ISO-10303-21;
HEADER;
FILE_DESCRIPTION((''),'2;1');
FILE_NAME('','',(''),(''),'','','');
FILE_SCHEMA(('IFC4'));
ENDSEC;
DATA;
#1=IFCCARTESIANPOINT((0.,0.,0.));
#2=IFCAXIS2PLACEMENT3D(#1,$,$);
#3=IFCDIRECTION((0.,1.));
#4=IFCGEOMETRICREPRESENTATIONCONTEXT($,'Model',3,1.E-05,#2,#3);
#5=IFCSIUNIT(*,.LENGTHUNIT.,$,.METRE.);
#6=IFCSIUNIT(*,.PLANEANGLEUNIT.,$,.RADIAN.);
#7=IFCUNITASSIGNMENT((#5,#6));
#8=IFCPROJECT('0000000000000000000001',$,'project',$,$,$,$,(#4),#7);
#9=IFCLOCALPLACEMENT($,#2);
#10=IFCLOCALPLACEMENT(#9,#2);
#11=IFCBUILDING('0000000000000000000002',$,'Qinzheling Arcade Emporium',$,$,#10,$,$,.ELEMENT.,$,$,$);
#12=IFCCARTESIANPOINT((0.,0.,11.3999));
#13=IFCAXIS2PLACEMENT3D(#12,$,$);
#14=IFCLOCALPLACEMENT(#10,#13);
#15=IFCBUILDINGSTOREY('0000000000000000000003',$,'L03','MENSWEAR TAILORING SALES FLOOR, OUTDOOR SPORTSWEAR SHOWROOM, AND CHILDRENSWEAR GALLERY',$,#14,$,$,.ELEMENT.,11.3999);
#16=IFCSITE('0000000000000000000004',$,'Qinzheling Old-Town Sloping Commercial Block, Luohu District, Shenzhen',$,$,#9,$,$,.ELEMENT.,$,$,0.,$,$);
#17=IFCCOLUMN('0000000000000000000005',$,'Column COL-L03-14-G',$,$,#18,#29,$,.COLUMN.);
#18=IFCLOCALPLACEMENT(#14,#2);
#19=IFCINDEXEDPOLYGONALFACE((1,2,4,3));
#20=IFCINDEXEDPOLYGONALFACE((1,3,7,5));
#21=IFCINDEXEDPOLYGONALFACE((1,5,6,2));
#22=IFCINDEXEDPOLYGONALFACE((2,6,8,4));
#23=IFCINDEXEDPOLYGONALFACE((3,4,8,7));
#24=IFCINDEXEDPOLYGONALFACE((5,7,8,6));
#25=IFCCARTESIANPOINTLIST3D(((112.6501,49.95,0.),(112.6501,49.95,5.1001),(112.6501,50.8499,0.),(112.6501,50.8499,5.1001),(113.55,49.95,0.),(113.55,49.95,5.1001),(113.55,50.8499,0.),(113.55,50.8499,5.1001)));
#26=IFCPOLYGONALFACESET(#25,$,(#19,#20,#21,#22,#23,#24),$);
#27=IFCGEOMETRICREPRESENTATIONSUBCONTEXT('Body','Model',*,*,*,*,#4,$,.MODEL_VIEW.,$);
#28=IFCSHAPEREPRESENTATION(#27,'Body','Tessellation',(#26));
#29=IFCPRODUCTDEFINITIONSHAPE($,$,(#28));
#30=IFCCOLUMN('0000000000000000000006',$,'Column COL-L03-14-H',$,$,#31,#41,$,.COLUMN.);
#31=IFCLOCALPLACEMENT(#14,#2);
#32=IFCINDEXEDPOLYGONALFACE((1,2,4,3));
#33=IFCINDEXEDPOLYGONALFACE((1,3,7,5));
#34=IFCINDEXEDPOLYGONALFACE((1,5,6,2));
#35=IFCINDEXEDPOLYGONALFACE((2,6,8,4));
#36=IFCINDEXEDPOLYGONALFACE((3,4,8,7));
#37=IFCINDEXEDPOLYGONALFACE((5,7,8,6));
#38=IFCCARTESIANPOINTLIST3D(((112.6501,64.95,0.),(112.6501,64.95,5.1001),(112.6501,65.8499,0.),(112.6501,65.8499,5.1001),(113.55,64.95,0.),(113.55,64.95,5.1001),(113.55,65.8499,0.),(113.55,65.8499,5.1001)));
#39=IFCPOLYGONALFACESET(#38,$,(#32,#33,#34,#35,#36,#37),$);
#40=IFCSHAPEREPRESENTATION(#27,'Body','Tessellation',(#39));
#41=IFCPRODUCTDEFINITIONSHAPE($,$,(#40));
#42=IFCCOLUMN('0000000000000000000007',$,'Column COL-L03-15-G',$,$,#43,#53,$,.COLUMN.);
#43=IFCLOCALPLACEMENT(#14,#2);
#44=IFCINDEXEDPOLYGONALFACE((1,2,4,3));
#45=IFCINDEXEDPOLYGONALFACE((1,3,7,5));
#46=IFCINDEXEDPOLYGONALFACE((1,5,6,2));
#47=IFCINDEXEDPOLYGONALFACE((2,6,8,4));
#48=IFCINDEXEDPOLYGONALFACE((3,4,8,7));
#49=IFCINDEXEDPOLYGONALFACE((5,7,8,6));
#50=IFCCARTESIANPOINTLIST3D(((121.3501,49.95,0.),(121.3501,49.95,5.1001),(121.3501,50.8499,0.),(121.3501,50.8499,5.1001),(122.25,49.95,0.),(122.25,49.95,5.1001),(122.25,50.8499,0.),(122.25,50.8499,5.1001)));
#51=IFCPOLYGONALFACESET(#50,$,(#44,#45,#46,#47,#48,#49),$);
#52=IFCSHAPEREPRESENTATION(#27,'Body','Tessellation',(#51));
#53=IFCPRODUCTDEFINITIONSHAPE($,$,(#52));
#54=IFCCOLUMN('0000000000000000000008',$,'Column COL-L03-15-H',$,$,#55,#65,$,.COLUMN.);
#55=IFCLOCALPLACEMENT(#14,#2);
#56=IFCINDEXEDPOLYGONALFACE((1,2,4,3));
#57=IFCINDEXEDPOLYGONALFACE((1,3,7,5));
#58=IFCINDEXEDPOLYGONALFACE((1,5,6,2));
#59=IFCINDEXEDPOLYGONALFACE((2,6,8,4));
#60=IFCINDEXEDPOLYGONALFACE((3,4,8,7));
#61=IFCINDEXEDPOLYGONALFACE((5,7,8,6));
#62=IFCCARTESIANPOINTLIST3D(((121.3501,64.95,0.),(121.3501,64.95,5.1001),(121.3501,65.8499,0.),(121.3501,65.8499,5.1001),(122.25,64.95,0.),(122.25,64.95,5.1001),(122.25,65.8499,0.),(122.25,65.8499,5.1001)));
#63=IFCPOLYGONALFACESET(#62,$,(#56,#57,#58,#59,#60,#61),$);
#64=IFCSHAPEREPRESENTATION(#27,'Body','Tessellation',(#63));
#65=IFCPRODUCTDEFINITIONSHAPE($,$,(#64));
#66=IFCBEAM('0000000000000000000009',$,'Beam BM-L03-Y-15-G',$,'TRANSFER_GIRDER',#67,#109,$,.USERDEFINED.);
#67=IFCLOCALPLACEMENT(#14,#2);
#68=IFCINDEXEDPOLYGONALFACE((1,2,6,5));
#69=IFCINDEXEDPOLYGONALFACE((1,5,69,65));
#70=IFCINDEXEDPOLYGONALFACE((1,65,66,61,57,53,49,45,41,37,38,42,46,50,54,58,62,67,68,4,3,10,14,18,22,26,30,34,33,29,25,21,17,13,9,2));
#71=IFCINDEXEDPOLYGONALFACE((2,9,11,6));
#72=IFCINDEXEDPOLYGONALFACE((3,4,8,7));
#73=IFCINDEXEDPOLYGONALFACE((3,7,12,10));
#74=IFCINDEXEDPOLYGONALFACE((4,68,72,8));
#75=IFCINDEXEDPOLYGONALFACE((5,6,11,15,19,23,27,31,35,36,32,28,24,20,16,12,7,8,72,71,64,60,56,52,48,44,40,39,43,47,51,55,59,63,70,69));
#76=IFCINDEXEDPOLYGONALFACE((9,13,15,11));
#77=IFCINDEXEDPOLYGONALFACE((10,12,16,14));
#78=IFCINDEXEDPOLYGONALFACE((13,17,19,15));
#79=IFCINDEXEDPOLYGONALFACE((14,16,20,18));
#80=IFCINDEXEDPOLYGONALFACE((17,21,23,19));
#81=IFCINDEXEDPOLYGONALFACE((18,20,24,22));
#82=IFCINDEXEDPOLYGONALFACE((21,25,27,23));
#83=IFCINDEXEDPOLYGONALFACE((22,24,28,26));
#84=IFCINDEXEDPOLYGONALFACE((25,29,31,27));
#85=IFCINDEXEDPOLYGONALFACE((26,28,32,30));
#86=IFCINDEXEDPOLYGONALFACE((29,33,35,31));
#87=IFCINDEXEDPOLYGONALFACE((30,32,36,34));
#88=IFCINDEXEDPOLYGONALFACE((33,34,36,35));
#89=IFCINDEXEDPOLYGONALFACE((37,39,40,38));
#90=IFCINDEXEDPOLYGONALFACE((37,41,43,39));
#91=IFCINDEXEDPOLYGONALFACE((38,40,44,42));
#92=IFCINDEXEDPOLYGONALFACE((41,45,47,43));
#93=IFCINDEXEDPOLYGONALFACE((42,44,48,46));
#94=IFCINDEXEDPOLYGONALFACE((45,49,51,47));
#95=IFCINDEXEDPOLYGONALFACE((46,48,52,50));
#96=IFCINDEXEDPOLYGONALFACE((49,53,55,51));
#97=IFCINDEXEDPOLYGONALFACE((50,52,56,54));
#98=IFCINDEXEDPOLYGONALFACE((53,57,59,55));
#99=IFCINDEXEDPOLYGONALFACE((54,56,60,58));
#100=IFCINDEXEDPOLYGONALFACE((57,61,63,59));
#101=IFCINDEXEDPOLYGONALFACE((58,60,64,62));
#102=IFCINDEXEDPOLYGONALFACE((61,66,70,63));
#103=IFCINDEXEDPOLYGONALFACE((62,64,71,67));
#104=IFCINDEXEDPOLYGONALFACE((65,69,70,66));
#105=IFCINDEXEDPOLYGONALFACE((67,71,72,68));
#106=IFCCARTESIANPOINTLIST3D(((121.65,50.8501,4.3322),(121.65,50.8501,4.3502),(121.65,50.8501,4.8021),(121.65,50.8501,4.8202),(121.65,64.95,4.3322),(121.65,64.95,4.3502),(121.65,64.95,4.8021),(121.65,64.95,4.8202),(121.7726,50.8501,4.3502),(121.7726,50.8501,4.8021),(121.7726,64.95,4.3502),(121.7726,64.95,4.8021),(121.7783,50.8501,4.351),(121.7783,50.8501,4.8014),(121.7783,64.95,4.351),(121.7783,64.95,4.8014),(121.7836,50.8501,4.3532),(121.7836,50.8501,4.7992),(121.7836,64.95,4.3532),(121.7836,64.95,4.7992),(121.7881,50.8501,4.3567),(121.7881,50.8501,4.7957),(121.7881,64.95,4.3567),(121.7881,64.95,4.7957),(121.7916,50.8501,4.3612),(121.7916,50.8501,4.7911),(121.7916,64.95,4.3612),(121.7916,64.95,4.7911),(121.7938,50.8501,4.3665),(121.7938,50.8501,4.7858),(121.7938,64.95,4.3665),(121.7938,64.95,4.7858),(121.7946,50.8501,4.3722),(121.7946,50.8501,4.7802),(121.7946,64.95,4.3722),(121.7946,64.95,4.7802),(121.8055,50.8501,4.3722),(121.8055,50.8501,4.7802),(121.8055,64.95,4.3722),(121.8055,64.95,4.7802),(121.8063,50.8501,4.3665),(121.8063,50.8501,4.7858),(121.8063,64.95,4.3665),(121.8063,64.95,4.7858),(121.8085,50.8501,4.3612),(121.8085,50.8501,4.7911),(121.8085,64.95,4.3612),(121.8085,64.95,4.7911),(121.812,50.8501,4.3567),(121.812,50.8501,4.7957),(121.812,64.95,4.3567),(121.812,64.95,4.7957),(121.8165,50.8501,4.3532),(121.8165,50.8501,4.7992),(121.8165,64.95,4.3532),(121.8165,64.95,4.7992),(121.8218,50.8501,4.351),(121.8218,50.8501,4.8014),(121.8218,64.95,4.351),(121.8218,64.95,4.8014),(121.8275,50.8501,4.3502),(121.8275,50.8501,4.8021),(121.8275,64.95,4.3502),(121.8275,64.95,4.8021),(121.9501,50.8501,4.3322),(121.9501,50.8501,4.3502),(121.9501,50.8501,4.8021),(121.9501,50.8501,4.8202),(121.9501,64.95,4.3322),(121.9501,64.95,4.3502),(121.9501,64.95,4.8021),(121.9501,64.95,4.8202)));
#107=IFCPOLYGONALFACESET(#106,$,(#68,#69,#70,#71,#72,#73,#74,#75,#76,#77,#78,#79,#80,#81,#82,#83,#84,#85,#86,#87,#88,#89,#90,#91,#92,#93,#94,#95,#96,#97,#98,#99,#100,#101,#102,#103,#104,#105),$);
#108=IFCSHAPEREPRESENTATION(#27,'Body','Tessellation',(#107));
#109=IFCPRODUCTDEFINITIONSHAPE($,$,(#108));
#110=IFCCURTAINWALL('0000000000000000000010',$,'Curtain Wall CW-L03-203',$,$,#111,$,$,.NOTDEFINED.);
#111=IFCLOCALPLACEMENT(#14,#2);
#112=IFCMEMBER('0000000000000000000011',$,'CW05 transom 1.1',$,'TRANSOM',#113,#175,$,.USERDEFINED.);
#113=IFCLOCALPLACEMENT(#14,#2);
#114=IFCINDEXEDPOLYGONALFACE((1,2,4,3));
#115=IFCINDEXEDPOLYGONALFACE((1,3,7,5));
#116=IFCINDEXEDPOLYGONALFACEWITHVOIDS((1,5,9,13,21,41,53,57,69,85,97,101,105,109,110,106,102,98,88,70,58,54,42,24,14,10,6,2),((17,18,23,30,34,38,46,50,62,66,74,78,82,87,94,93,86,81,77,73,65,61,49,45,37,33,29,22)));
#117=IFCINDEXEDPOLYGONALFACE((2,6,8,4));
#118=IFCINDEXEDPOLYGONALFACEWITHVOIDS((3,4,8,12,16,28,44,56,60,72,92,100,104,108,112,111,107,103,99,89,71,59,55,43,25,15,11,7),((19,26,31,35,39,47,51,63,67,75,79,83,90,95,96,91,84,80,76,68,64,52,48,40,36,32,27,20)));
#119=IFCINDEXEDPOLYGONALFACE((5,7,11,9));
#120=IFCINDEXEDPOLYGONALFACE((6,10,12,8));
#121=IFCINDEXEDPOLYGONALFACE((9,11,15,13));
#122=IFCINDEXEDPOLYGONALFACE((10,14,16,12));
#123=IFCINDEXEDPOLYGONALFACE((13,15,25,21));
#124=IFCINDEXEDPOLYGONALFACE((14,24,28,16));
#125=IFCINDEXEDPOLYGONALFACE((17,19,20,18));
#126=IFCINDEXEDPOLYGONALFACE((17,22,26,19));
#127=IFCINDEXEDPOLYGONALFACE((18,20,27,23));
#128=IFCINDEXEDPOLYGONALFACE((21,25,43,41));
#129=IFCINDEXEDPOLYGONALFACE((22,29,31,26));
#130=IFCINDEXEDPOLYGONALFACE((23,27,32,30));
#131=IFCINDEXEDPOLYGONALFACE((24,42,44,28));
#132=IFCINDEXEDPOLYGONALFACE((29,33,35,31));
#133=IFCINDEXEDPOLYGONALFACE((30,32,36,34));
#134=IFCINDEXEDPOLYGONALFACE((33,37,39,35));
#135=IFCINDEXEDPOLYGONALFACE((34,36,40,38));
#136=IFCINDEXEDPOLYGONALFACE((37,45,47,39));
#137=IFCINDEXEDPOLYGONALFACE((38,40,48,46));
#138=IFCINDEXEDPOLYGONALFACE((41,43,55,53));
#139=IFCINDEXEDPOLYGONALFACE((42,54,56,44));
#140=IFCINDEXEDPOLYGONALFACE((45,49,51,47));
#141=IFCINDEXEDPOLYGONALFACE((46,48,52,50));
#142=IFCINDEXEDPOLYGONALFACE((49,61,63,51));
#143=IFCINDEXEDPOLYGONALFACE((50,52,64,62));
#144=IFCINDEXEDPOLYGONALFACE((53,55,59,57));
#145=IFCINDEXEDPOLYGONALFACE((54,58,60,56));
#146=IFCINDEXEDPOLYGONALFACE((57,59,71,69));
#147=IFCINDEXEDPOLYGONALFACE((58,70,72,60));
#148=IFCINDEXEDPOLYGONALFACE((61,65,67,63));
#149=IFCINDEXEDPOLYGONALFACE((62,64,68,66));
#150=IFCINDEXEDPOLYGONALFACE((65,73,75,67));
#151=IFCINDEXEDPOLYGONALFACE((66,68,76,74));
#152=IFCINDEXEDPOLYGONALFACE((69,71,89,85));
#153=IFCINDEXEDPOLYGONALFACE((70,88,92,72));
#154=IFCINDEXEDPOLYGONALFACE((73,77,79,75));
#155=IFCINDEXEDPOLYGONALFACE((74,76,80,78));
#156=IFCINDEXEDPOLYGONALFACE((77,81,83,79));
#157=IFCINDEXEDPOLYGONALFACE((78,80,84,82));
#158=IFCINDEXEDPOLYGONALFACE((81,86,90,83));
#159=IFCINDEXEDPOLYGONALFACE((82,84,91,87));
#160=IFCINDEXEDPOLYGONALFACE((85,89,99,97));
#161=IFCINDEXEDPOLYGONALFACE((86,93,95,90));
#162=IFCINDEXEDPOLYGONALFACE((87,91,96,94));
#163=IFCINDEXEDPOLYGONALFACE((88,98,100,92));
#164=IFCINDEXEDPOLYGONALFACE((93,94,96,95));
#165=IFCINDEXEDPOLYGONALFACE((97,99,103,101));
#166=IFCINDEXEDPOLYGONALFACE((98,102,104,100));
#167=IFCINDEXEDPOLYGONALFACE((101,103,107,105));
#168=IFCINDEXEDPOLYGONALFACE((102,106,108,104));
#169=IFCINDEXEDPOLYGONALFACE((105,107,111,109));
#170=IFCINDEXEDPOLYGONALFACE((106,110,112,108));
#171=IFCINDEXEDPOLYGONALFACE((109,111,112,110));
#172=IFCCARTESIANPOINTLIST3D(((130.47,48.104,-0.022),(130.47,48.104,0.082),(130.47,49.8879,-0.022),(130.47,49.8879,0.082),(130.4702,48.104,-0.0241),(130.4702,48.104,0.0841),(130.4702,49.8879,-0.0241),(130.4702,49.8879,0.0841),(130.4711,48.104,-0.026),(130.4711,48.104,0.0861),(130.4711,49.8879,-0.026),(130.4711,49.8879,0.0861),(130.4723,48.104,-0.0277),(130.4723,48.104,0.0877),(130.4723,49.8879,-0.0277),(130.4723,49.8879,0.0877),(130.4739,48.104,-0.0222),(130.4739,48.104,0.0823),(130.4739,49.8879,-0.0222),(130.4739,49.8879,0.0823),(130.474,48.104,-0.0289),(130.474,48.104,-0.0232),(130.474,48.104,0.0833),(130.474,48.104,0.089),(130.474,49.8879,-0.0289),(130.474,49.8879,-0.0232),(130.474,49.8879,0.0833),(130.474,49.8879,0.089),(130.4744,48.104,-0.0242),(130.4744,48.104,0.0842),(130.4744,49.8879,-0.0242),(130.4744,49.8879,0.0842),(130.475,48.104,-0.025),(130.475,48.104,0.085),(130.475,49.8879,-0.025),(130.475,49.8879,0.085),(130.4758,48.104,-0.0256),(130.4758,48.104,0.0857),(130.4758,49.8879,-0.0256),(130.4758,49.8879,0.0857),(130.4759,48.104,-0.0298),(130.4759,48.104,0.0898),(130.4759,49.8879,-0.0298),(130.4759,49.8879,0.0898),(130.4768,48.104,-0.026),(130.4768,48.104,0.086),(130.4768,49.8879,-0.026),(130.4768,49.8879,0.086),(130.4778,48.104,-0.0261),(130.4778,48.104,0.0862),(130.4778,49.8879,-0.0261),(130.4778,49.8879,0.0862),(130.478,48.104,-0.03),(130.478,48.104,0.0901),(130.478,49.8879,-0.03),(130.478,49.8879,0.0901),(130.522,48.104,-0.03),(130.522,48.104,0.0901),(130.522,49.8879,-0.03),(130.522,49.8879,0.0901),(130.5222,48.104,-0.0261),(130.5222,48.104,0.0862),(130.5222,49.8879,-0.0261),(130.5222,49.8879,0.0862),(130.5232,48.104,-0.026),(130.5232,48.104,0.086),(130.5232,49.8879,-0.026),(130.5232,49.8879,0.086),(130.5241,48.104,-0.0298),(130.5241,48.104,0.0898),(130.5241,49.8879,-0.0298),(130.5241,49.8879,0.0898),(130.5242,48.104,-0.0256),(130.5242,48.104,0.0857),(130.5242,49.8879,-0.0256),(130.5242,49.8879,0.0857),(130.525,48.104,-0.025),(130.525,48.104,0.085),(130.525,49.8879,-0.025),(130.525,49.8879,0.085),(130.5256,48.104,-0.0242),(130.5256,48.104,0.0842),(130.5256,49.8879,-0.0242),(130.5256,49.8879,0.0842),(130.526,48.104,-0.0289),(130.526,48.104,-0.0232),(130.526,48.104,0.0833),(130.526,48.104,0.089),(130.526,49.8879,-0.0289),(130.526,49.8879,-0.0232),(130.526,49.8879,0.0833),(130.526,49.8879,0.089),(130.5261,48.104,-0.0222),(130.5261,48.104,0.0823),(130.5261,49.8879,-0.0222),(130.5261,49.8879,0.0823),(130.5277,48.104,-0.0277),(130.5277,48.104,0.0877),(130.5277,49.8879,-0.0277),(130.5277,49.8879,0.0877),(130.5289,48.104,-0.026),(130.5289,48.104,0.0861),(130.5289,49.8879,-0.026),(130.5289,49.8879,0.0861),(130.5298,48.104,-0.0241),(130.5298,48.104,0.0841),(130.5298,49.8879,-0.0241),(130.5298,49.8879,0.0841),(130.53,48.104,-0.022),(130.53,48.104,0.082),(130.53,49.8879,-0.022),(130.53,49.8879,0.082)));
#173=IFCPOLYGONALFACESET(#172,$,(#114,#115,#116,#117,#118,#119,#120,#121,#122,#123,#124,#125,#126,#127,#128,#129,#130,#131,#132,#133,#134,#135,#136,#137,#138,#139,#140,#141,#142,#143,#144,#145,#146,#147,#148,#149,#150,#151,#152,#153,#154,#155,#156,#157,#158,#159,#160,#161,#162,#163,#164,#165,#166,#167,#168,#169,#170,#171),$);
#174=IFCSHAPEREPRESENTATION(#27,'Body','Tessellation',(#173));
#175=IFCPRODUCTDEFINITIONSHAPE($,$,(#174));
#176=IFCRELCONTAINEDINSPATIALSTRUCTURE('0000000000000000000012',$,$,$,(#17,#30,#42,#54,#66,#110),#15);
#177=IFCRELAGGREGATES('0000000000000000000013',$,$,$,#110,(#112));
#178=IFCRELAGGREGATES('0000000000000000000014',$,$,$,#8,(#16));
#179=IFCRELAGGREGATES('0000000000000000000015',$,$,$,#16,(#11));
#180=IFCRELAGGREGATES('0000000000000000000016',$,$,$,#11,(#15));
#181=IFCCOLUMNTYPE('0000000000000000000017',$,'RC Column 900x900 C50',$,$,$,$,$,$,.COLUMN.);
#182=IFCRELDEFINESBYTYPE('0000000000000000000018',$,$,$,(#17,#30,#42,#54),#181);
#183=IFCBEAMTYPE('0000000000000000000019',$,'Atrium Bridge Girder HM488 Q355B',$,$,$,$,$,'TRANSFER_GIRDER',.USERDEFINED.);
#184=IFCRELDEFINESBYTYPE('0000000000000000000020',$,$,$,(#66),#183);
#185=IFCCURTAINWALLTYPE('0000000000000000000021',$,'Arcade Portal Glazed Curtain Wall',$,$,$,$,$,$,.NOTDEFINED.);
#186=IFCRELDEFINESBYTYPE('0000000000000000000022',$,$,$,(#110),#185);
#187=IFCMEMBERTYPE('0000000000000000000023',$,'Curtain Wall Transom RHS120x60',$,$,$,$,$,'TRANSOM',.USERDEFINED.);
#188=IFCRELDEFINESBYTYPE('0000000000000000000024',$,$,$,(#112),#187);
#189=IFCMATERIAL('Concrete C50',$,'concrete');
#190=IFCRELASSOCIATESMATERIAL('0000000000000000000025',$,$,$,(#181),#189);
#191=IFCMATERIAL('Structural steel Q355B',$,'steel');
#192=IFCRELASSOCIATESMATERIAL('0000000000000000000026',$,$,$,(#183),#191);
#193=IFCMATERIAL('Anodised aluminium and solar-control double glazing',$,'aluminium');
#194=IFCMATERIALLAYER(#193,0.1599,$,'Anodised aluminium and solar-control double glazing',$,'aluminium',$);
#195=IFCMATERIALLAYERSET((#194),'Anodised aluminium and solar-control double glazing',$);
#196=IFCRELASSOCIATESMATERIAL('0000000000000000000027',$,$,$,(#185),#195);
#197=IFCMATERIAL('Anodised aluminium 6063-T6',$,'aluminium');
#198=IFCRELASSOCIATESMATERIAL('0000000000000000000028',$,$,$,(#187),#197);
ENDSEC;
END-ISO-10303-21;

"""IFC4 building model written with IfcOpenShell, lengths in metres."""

from ifc_helpers import new_model, si_unit, direction, frame, origin, origin_2d, place, context, subcontext, project, spatial, rectangle, hollow_rectangle, i_section, extrude, material, layer, layer_set, material_profile, profile_set, type_object, element, aggregate, save


model = new_model("IFC4")

# Units and contexts
model_context = context("Model", 3, precision=1e-05, world=origin(), true_north=direction((0.0, 1.0)))
body_context = subcontext(model_context, "Body", "Model", "MODEL_VIEW")
ifc_project = project(units=[si_unit("LENGTHUNIT", "METRE"), si_unit("PLANEANGLEUNIT", "RADIAN")], contexts=[model_context])

# Site, building, storey
site_placement = place(None, origin())
site = spatial("IfcSite", under=ifc_project, at=site_placement, Name="Qinzheling Old-Town Sloping Commercial Block, Luohu District, Shenzhen", CompositionType="ELEMENT", RefElevation=0.0)
building_placement = place(site_placement, origin())
building = spatial("IfcBuilding", under=site, at=building_placement, Name="Qinzheling Arcade Emporium", CompositionType="ELEMENT")
storey_placement = place(building_placement, frame((0.0, 0.0, 11.3999)))
storey = spatial("IfcBuildingStorey", under=building, at=storey_placement, Name="L03", Description="MENSWEAR TAILORING SALES FLOOR, OUTDOOR SPORTSWEAR SHOWROOM, AND CHILDRENSWEAR GALLERY", CompositionType="ELEMENT", Elevation=11.3999)

# Columns
ifc_material_1 = material(Name="Concrete C50", Category="concrete")
ifc_material_profile_1 = material_profile(ifc_material_1, rectangle(XDim=0.8999, YDim=0.8999, at=origin_2d()), Name="RC 900x900", Category="concrete")
ifc_profile_set_1 = profile_set([ifc_material_profile_1], Name="Concrete C50")
column_type = type_object("IfcColumnType", Name="RC Column 900x900 C50", PredefinedType="COLUMN", material=ifc_profile_set_1)
for number, where, z_axis, x_axis, name in (
    (1, (113.1001, 50.3999, 0.0), (0.0, 0.0, 1.0), (1.0, 0.0, 0.0), "Column COL-L03-14-G"),
    (2, (113.1001, 65.3999, 0.0), (0.0, 0.0, 1.0), (1.0, 0.0, 0.0), "Column COL-L03-14-H"),
    (3, (121.8, 50.3999, 0.0), (0.0, 0.0, 1.0), (1.0, 0.0, 0.0), "Column COL-L03-15-G"),
    (4, (121.8, 65.3999, 0.0), (0.0, 0.0, 1.0), (1.0, 0.0, 0.0), "Column COL-L03-15-H"),
):
    element("IfcColumn", number, at=place(storey_placement, frame(where, z_axis=z_axis, x_axis=x_axis)), inside=storey, type_object=column_type, Name=name, PredefinedType="COLUMN", context=body_context, shape_type="SweptSolid", body=[
        extrude(rectangle(XDim=0.8999, YDim=0.8999, at=origin_2d()), origin(), (0.0, 0.0, 1.0), 5.1001),
    ])

# Beam
ifc_material_2 = material(Name="Structural steel Q355B", Category="steel")
ifc_material_profile_2 = material_profile(ifc_material_2, i_section(OverallWidth=0.3, OverallDepth=0.488, WebThickness=0.011, FlangeThickness=0.0181, FilletRadius=0.022, at=origin_2d()), Name="HM 488x300x11x18", Category="steel")
ifc_profile_set_2 = profile_set([ifc_material_profile_2], Name="Structural steel Q355B")
beam_type_1 = type_object("IfcBeamType", Name="Atrium Bridge Girder HM488 Q355B", ElementType="TRANSFER_GIRDER", PredefinedType="USERDEFINED", material=ifc_profile_set_2)
beam_placement = place(storey_placement, frame((121.8, 50.8501, 4.5762), z_axis=(0.0, 1.0, 0.0), x_axis=(-1.0, 0.0, 0.0)))
element("IfcBeam", 5, at=beam_placement, inside=storey, type_object=beam_type_1, Name="Beam BM-L03-Y-15-G", ObjectType="TRANSFER_GIRDER", PredefinedType="USERDEFINED", context=body_context, shape_type="SweptSolid", body=[
    extrude(i_section(OverallWidth=0.3, OverallDepth=0.488, WebThickness=0.011, FlangeThickness=0.0181, FilletRadius=0.022, at=origin_2d()), origin(), (0.0, 0.0, 1.0), 14.0999),
])

# Curtain wall, member
ifc_material_3 = material(Name="Anodised aluminium and solar-control double glazing", Category="aluminium")
ifc_layer_1 = layer(ifc_material_3, 0.1599, Name="Anodised aluminium and solar-control double glazing", Category="aluminium")
ifc_layer_set_1 = layer_set([ifc_layer_1], Name="Anodised aluminium and solar-control double glazing")
curtain_wall_type = type_object("IfcCurtainWallType", Name="Arcade Portal Glazed Curtain Wall", PredefinedType="NOTDEFINED", material=ifc_layer_set_1)
curtain_wall_placement = place(storey_placement, origin())
curtain_wall = element("IfcCurtainWall", 6, at=curtain_wall_placement, inside=storey, type_object=curtain_wall_type, Name="Curtain Wall CW-L03-203", PredefinedType="NOTDEFINED")
ifc_material_4 = material(Name="Anodised aluminium 6063-T6", Category="aluminium")
ifc_material_profile_3 = material_profile(ifc_material_4, hollow_rectangle(XDim=0.0601, YDim=0.1201, WallThickness=0.0039, InnerFilletRadius=0.0039, OuterFilletRadius=0.0081, at=origin_2d()), Name="RHS 120x60x4", Category="aluminium")
ifc_profile_set_3 = profile_set([ifc_material_profile_3], Name="Anodised aluminium 6063-T6")
member_type = type_object("IfcMemberType", Name="Curtain Wall Transom RHS120x60", ElementType="TRANSOM", PredefinedType="USERDEFINED", material=ifc_profile_set_3)
member_1_placement = place(storey_placement, frame((130.5, 49.8879, 0.03), z_axis=(0.0, -1.0, 0.0), x_axis=(1.0, 0.0, 0.0)))
member_1 = element("IfcMember", 7, at=member_1_placement, type_object=member_type, Name="CW05 transom 1.1", ObjectType="TRANSOM", PredefinedType="USERDEFINED", context=body_context, shape_type="SweptSolid", body=[
    extrude(hollow_rectangle(XDim=0.0601, YDim=0.1201, WallThickness=0.0039, InnerFilletRadius=0.0039, OuterFilletRadius=0.0081, at=origin_2d()), origin(), (0.0, 0.0, 1.0), 1.7839),
])

aggregate(curtain_wall, [member_1])

save(model, "model.ifc")
